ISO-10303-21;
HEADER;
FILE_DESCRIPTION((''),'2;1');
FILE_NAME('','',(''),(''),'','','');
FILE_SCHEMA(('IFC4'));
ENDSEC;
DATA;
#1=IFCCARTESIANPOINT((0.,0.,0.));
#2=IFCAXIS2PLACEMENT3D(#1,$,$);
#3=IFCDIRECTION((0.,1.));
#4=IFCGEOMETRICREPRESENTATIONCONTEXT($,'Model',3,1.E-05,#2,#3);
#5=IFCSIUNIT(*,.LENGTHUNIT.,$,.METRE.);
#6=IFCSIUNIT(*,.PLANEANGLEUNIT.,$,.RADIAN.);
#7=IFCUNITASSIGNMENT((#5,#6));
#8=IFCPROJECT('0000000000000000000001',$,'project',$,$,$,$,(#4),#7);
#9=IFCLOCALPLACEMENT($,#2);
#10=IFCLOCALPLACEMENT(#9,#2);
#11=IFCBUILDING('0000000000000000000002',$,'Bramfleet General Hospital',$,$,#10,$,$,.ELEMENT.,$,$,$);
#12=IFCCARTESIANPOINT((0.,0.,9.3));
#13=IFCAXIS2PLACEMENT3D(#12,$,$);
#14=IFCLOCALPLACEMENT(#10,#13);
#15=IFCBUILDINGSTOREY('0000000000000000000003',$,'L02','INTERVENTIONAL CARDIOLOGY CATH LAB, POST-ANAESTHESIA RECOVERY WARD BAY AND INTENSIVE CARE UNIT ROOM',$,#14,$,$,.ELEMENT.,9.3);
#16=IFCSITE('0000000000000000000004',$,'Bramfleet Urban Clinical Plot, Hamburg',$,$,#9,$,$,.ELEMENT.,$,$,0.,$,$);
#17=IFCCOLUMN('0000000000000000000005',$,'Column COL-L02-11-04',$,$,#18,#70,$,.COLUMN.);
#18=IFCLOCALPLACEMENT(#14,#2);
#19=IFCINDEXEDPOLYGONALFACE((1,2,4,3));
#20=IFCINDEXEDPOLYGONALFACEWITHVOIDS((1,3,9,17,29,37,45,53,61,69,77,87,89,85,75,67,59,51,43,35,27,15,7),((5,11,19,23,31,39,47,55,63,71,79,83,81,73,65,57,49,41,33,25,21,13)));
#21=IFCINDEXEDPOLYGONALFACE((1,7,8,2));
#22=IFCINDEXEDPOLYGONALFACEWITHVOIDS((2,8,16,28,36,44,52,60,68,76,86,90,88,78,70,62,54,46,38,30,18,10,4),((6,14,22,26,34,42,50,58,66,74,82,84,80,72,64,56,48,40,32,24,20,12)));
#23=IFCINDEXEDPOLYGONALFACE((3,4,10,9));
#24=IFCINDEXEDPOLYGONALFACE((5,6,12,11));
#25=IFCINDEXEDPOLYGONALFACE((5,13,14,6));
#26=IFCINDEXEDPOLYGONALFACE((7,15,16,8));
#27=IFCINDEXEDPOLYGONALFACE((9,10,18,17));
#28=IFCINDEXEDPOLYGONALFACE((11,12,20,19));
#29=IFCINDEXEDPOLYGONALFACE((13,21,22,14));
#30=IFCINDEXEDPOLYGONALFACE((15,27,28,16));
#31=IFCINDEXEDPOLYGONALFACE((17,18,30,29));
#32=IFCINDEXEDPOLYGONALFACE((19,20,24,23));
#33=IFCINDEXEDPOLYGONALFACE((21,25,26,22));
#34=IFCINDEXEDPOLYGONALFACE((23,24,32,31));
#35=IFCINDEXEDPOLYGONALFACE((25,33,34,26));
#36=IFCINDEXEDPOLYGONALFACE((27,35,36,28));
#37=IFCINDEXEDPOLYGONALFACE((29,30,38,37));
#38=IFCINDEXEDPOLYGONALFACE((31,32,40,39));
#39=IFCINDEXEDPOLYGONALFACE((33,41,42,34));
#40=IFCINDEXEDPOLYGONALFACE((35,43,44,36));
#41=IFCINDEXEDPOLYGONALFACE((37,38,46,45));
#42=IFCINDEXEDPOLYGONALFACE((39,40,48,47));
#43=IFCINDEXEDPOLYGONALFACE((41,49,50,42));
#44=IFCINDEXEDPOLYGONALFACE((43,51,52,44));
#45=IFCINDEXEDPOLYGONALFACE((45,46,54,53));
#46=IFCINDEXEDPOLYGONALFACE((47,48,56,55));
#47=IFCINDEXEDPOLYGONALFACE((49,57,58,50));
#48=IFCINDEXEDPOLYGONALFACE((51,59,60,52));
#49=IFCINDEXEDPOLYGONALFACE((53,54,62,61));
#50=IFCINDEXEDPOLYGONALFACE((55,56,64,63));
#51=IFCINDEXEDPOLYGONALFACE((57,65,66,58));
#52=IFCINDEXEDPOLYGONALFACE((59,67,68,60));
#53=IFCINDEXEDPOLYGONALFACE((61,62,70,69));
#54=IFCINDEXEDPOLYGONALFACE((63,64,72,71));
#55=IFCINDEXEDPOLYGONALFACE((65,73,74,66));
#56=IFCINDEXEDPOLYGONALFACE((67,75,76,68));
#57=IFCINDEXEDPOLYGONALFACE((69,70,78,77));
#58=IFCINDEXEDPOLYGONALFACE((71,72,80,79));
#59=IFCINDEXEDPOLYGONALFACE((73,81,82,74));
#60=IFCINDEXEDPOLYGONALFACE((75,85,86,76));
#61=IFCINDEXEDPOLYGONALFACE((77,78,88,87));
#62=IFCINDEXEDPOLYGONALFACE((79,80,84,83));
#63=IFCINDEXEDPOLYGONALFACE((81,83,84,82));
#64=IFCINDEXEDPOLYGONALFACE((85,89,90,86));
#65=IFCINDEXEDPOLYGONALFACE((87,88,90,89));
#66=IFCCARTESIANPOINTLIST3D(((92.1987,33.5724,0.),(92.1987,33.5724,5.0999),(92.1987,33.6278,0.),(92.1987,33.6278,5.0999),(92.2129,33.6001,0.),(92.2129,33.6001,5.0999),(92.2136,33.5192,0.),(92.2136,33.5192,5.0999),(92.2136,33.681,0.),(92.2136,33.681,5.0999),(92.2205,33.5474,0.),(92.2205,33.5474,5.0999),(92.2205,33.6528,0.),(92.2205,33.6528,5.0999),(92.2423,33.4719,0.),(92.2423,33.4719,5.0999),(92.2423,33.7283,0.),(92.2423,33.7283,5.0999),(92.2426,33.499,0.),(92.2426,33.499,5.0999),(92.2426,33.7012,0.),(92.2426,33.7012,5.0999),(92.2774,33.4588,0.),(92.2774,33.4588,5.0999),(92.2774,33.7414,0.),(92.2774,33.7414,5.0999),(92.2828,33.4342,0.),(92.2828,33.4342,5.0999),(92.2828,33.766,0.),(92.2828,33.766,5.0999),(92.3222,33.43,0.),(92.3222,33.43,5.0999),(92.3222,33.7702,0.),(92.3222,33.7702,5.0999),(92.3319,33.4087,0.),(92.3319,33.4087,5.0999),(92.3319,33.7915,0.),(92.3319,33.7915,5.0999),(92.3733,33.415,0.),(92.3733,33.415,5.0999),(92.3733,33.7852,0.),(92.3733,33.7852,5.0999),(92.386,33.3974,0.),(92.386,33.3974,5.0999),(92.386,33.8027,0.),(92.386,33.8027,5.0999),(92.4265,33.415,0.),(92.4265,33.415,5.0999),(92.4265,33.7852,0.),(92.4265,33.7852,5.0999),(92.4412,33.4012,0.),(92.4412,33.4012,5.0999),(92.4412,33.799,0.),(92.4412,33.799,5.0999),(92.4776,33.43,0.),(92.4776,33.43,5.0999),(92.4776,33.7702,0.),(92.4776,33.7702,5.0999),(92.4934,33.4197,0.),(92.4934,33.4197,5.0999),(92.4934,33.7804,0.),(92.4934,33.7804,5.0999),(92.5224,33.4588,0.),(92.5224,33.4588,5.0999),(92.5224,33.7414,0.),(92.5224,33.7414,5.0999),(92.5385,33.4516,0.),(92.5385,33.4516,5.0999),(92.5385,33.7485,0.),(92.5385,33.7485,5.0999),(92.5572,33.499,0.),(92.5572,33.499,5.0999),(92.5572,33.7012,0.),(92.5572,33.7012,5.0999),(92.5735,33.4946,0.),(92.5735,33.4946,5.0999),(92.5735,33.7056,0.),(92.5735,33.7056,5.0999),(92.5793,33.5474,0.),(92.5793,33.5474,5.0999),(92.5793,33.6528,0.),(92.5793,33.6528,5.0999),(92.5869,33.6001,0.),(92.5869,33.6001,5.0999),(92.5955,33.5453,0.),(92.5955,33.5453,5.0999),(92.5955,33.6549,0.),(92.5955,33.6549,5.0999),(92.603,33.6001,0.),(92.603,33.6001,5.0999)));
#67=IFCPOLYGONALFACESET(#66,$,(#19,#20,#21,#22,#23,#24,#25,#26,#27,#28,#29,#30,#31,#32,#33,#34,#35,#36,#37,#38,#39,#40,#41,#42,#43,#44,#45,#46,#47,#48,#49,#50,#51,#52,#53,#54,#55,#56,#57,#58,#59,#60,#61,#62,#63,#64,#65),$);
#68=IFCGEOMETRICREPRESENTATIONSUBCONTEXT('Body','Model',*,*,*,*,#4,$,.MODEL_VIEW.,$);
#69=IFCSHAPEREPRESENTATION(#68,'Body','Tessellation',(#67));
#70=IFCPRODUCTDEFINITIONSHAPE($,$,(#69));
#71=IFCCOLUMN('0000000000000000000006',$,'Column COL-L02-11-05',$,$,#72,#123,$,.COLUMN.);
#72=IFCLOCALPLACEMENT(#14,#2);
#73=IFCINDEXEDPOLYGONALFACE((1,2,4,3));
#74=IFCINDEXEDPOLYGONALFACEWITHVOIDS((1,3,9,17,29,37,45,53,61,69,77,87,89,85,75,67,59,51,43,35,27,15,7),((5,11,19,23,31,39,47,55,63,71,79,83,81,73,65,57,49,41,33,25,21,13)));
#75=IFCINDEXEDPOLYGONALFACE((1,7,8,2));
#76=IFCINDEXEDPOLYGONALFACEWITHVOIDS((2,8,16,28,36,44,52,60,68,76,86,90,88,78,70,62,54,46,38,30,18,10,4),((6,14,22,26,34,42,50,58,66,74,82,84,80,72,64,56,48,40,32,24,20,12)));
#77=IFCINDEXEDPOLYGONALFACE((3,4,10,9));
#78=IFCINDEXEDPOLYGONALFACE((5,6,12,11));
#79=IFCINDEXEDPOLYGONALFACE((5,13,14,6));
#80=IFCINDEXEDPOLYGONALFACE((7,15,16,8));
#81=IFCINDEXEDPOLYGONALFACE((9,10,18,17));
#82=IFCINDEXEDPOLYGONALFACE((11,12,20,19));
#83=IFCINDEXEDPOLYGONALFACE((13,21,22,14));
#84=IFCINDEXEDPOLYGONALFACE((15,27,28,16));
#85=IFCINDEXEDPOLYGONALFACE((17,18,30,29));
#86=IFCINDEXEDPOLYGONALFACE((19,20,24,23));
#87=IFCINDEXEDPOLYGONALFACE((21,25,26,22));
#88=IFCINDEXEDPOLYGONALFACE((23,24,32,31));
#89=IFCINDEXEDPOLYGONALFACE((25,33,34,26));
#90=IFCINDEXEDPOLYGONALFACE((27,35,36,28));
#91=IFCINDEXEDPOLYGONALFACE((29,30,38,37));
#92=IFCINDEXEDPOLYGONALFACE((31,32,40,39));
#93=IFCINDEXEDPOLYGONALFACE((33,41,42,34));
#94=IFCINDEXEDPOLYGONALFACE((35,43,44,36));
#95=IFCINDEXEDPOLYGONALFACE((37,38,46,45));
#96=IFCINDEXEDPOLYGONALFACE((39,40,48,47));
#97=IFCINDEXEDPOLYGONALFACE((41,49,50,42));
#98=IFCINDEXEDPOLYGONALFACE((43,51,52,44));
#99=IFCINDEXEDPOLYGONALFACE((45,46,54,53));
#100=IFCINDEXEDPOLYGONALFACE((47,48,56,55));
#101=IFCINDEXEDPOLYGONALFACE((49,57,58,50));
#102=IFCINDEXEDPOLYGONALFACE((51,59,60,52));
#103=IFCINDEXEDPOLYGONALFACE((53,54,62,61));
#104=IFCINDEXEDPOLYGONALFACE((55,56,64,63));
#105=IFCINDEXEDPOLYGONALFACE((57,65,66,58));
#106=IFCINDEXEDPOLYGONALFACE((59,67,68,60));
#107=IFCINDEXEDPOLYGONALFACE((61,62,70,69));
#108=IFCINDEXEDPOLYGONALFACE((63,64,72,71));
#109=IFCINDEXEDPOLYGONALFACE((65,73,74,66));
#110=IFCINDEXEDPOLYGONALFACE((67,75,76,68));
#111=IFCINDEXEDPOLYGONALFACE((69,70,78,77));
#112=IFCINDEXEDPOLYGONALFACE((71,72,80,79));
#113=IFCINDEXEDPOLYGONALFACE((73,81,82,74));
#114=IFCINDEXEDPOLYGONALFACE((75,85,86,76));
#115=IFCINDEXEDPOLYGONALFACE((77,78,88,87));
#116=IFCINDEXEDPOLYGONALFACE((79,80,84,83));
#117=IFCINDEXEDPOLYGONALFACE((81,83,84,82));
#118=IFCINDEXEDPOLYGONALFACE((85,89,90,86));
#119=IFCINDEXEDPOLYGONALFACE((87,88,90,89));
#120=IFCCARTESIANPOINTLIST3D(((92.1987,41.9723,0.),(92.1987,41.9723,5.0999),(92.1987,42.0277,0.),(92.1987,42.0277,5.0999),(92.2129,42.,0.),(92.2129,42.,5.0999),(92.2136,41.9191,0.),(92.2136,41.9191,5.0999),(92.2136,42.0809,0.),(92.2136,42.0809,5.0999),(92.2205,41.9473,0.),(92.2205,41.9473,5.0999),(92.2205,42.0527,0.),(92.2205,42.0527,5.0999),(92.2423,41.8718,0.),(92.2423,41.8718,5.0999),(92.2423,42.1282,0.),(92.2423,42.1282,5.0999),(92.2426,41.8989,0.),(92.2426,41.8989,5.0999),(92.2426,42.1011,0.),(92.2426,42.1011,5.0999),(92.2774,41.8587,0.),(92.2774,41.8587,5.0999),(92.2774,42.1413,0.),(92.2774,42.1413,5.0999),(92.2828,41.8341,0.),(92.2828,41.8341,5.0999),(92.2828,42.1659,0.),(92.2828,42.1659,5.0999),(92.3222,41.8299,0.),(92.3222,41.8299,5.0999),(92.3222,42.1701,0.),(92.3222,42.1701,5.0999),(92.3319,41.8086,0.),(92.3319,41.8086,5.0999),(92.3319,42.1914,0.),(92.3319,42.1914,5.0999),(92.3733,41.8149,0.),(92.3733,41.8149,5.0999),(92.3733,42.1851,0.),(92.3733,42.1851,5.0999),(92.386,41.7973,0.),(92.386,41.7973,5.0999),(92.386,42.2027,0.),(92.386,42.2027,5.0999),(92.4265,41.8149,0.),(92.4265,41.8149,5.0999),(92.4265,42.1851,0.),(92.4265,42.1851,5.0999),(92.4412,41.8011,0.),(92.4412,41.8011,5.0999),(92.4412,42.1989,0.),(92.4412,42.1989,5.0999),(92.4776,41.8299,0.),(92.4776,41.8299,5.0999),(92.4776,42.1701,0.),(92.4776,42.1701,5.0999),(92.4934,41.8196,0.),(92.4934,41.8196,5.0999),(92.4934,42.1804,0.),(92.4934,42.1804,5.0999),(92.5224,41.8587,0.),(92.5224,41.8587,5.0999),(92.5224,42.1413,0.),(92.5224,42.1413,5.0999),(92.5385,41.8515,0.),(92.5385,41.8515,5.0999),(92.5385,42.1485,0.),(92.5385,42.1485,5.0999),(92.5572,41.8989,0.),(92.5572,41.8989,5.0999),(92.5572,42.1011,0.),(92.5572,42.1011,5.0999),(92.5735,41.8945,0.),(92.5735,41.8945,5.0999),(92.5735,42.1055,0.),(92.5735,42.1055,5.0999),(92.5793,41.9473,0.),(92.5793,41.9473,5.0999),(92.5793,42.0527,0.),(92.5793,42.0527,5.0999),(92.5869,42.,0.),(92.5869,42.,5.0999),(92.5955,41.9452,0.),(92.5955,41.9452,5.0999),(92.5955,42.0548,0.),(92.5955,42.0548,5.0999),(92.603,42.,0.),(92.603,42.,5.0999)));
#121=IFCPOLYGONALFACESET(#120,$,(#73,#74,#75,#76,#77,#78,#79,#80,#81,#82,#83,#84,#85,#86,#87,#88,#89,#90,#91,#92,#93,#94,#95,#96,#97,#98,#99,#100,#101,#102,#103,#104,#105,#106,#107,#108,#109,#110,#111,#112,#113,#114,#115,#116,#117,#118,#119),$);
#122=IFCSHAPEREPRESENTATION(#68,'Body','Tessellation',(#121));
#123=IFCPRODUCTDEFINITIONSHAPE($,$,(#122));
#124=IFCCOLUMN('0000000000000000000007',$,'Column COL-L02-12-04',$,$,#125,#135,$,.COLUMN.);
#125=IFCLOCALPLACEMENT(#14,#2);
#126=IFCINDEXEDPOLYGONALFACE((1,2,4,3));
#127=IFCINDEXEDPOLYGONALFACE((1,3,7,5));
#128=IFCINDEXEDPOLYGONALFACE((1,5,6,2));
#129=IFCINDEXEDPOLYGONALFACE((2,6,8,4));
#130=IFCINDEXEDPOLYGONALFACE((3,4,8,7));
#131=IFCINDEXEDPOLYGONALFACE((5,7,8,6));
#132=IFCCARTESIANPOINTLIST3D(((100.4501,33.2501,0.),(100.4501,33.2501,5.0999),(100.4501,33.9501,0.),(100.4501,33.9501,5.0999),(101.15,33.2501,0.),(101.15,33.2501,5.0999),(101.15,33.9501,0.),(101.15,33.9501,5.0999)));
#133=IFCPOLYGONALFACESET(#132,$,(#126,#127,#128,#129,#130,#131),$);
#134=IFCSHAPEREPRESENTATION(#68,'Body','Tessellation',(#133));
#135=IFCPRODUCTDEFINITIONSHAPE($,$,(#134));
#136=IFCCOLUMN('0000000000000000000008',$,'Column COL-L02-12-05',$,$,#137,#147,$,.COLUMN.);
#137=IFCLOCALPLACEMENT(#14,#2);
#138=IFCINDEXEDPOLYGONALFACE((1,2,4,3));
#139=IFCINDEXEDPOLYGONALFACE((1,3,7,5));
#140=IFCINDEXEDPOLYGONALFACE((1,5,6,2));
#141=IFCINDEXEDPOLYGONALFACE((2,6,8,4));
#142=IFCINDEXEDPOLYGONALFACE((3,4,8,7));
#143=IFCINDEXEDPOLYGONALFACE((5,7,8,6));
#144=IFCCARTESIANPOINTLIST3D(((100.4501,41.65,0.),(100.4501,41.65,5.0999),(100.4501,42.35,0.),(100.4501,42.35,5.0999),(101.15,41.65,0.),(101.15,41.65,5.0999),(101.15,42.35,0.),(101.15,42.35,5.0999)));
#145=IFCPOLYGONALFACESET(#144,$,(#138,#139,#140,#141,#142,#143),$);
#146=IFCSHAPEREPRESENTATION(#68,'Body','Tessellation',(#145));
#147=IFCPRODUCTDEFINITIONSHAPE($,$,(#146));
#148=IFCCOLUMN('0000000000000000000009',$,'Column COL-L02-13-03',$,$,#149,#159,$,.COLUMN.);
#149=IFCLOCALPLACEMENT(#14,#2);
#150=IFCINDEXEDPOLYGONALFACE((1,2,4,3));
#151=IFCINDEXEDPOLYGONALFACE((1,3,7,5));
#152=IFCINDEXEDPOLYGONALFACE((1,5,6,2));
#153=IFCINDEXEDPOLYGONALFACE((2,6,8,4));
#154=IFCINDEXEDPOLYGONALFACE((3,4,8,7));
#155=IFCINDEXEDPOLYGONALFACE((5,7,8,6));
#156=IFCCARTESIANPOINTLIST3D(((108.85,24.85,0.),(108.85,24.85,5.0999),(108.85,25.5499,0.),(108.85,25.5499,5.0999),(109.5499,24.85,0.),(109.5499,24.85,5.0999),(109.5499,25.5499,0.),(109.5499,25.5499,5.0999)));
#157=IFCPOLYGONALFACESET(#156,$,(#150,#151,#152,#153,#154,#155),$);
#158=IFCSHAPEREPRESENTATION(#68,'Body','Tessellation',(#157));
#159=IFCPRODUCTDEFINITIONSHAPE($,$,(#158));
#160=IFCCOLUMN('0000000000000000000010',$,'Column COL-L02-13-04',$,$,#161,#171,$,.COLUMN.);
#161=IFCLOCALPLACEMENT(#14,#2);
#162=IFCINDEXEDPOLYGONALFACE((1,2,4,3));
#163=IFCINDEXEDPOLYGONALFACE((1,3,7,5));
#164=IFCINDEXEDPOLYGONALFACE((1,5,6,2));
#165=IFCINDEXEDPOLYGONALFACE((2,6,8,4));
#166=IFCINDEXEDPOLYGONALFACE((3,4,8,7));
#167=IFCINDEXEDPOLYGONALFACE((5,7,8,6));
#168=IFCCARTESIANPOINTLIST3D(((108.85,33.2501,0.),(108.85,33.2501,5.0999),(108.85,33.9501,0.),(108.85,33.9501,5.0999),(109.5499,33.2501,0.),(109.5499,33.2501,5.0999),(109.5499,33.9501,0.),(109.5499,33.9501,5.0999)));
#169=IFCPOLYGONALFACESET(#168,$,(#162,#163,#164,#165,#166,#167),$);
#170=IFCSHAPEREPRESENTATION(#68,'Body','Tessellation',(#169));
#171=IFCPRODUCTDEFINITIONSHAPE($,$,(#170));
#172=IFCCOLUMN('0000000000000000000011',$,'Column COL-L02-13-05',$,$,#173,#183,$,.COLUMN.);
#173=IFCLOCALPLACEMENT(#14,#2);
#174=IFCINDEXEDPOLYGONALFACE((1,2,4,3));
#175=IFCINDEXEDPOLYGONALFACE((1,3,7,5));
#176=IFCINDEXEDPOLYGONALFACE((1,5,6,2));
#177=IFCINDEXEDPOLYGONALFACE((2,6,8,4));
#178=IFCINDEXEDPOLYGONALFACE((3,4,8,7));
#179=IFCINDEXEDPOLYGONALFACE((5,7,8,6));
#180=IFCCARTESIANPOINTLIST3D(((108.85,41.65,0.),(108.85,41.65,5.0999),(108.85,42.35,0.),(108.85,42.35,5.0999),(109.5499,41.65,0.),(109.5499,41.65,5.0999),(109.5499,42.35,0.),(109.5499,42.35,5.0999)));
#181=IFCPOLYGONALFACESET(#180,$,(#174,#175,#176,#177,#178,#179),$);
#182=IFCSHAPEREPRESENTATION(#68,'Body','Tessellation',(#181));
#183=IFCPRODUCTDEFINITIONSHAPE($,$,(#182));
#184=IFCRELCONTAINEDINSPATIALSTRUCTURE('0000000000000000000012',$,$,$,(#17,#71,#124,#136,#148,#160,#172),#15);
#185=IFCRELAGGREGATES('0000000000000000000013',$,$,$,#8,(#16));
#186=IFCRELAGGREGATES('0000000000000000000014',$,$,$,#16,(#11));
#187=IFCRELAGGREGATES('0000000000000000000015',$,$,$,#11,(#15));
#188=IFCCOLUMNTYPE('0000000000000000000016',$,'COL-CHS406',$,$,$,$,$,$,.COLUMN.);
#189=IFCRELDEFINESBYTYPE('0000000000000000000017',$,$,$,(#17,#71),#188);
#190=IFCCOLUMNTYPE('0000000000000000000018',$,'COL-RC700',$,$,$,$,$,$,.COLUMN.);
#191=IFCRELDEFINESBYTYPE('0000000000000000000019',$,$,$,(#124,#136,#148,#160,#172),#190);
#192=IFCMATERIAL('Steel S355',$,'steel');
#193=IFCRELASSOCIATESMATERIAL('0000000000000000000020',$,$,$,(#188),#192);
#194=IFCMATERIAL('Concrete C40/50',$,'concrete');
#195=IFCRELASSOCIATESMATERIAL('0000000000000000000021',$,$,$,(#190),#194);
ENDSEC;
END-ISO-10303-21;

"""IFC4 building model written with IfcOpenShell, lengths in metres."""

from ifc_helpers import new_model, si_unit, direction, frame, origin, origin_2d, place, context, subcontext, project, spatial, rectangle, hollow_circle, extrude, material, material_profile, profile_set, type_object, element, save


model = new_model("IFC4")

# Units and contexts
model_context = context("Model", 3, precision=1e-05, world=origin(), true_north=direction((0.0, 1.0)))
body_context = subcontext(model_context, "Body", "Model", "MODEL_VIEW")
ifc_project = project(units=[si_unit("LENGTHUNIT", "METRE"), si_unit("PLANEANGLEUNIT", "RADIAN")], contexts=[model_context])

# Site, building, storey
site_placement = place(None, origin())
site = spatial("IfcSite", under=ifc_project, at=site_placement, Name="Bramfleet Urban Clinical Plot, Hamburg", CompositionType="ELEMENT", RefElevation=0.0)
building_placement = place(site_placement, origin())
building = spatial("IfcBuilding", under=site, at=building_placement, Name="Bramfleet General Hospital", CompositionType="ELEMENT")
storey_placement = place(building_placement, frame((0.0, 0.0, 9.3)))
storey = spatial("IfcBuildingStorey", under=building, at=storey_placement, Name="L02", Description="INTERVENTIONAL CARDIOLOGY CATH LAB, POST-ANAESTHESIA RECOVERY WARD BAY AND INTENSIVE CARE UNIT ROOM", CompositionType="ELEMENT", Elevation=9.3)

# Columns
ifc_material_1 = material(Name="Steel S355", Category="steel")
ifc_material_profile_1 = material_profile(ifc_material_1, hollow_circle(Radius=0.2031, WallThickness=0.0161, at=origin_2d()), Name="CHS 406.4x16.0")
ifc_profile_set_1 = profile_set([ifc_material_profile_1], Name="Steel S355")
column_type_1 = type_object("IfcColumnType", Name="COL-CHS406", PredefinedType="COLUMN", material=ifc_profile_set_1)
for number, where, z_axis, x_axis, name in (
    (1, (92.3999, 33.6001, 0.0), (0.0, 0.0, 1.0), (1.0, 0.0, 0.0), "Column COL-L02-11-04"),
    (2, (92.3999, 42.0, 0.0), (0.0, 0.0, 1.0), (1.0, 0.0, 0.0), "Column COL-L02-11-05"),
):
    element("IfcColumn", number, at=place(storey_placement, frame(where, z_axis=z_axis, x_axis=x_axis)), inside=storey, type_object=column_type_1, Name=name, PredefinedType="COLUMN", context=body_context, shape_type="SweptSolid", body=[
        extrude(hollow_circle(Radius=0.2031, WallThickness=0.0161, at=origin_2d()), origin(), (0.0, 0.0, 1.0), 5.0999),
    ])
ifc_material_2 = material(Name="Concrete C40/50", Category="concrete")
ifc_material_profile_2 = material_profile(ifc_material_2, rectangle(XDim=0.7, YDim=0.7, at=origin_2d()), Name="RC COL 700x700")
ifc_profile_set_2 = profile_set([ifc_material_profile_2], Name="Concrete C40/50")
column_type_2 = type_object("IfcColumnType", Name="COL-RC700", PredefinedType="COLUMN", material=ifc_profile_set_2)
for number, where, z_axis, x_axis, name in (
    (3, (100.8, 33.6001, 0.0), (0.0, 0.0, 1.0), (1.0, 0.0, 0.0), "Column COL-L02-12-04"),
    (4, (100.8, 42.0, 0.0), (0.0, 0.0, 1.0), (1.0, 0.0, 0.0), "Column COL-L02-12-05"),
    (5, (109.2, 25.2, 0.0), (0.0, 0.0, 1.0), (1.0, 0.0, 0.0), "Column COL-L02-13-03"),
    (6, (109.2, 33.6001, 0.0), (0.0, 0.0, 1.0), (1.0, 0.0, 0.0), "Column COL-L02-13-04"),
    (7, (109.2, 42.0, 0.0), (0.0, 0.0, 1.0), (1.0, 0.0, 0.0), "Column COL-L02-13-05"),
):
    element("IfcColumn", number, at=place(storey_placement, frame(where, z_axis=z_axis, x_axis=x_axis)), inside=storey, type_object=column_type_2, Name=name, PredefinedType="COLUMN", context=body_context, shape_type="SweptSolid", body=[
        extrude(rectangle(XDim=0.7, YDim=0.7, at=origin_2d()), origin(), (0.0, 0.0, 1.0), 5.0999),
    ])

save(model, "model.ifc")
